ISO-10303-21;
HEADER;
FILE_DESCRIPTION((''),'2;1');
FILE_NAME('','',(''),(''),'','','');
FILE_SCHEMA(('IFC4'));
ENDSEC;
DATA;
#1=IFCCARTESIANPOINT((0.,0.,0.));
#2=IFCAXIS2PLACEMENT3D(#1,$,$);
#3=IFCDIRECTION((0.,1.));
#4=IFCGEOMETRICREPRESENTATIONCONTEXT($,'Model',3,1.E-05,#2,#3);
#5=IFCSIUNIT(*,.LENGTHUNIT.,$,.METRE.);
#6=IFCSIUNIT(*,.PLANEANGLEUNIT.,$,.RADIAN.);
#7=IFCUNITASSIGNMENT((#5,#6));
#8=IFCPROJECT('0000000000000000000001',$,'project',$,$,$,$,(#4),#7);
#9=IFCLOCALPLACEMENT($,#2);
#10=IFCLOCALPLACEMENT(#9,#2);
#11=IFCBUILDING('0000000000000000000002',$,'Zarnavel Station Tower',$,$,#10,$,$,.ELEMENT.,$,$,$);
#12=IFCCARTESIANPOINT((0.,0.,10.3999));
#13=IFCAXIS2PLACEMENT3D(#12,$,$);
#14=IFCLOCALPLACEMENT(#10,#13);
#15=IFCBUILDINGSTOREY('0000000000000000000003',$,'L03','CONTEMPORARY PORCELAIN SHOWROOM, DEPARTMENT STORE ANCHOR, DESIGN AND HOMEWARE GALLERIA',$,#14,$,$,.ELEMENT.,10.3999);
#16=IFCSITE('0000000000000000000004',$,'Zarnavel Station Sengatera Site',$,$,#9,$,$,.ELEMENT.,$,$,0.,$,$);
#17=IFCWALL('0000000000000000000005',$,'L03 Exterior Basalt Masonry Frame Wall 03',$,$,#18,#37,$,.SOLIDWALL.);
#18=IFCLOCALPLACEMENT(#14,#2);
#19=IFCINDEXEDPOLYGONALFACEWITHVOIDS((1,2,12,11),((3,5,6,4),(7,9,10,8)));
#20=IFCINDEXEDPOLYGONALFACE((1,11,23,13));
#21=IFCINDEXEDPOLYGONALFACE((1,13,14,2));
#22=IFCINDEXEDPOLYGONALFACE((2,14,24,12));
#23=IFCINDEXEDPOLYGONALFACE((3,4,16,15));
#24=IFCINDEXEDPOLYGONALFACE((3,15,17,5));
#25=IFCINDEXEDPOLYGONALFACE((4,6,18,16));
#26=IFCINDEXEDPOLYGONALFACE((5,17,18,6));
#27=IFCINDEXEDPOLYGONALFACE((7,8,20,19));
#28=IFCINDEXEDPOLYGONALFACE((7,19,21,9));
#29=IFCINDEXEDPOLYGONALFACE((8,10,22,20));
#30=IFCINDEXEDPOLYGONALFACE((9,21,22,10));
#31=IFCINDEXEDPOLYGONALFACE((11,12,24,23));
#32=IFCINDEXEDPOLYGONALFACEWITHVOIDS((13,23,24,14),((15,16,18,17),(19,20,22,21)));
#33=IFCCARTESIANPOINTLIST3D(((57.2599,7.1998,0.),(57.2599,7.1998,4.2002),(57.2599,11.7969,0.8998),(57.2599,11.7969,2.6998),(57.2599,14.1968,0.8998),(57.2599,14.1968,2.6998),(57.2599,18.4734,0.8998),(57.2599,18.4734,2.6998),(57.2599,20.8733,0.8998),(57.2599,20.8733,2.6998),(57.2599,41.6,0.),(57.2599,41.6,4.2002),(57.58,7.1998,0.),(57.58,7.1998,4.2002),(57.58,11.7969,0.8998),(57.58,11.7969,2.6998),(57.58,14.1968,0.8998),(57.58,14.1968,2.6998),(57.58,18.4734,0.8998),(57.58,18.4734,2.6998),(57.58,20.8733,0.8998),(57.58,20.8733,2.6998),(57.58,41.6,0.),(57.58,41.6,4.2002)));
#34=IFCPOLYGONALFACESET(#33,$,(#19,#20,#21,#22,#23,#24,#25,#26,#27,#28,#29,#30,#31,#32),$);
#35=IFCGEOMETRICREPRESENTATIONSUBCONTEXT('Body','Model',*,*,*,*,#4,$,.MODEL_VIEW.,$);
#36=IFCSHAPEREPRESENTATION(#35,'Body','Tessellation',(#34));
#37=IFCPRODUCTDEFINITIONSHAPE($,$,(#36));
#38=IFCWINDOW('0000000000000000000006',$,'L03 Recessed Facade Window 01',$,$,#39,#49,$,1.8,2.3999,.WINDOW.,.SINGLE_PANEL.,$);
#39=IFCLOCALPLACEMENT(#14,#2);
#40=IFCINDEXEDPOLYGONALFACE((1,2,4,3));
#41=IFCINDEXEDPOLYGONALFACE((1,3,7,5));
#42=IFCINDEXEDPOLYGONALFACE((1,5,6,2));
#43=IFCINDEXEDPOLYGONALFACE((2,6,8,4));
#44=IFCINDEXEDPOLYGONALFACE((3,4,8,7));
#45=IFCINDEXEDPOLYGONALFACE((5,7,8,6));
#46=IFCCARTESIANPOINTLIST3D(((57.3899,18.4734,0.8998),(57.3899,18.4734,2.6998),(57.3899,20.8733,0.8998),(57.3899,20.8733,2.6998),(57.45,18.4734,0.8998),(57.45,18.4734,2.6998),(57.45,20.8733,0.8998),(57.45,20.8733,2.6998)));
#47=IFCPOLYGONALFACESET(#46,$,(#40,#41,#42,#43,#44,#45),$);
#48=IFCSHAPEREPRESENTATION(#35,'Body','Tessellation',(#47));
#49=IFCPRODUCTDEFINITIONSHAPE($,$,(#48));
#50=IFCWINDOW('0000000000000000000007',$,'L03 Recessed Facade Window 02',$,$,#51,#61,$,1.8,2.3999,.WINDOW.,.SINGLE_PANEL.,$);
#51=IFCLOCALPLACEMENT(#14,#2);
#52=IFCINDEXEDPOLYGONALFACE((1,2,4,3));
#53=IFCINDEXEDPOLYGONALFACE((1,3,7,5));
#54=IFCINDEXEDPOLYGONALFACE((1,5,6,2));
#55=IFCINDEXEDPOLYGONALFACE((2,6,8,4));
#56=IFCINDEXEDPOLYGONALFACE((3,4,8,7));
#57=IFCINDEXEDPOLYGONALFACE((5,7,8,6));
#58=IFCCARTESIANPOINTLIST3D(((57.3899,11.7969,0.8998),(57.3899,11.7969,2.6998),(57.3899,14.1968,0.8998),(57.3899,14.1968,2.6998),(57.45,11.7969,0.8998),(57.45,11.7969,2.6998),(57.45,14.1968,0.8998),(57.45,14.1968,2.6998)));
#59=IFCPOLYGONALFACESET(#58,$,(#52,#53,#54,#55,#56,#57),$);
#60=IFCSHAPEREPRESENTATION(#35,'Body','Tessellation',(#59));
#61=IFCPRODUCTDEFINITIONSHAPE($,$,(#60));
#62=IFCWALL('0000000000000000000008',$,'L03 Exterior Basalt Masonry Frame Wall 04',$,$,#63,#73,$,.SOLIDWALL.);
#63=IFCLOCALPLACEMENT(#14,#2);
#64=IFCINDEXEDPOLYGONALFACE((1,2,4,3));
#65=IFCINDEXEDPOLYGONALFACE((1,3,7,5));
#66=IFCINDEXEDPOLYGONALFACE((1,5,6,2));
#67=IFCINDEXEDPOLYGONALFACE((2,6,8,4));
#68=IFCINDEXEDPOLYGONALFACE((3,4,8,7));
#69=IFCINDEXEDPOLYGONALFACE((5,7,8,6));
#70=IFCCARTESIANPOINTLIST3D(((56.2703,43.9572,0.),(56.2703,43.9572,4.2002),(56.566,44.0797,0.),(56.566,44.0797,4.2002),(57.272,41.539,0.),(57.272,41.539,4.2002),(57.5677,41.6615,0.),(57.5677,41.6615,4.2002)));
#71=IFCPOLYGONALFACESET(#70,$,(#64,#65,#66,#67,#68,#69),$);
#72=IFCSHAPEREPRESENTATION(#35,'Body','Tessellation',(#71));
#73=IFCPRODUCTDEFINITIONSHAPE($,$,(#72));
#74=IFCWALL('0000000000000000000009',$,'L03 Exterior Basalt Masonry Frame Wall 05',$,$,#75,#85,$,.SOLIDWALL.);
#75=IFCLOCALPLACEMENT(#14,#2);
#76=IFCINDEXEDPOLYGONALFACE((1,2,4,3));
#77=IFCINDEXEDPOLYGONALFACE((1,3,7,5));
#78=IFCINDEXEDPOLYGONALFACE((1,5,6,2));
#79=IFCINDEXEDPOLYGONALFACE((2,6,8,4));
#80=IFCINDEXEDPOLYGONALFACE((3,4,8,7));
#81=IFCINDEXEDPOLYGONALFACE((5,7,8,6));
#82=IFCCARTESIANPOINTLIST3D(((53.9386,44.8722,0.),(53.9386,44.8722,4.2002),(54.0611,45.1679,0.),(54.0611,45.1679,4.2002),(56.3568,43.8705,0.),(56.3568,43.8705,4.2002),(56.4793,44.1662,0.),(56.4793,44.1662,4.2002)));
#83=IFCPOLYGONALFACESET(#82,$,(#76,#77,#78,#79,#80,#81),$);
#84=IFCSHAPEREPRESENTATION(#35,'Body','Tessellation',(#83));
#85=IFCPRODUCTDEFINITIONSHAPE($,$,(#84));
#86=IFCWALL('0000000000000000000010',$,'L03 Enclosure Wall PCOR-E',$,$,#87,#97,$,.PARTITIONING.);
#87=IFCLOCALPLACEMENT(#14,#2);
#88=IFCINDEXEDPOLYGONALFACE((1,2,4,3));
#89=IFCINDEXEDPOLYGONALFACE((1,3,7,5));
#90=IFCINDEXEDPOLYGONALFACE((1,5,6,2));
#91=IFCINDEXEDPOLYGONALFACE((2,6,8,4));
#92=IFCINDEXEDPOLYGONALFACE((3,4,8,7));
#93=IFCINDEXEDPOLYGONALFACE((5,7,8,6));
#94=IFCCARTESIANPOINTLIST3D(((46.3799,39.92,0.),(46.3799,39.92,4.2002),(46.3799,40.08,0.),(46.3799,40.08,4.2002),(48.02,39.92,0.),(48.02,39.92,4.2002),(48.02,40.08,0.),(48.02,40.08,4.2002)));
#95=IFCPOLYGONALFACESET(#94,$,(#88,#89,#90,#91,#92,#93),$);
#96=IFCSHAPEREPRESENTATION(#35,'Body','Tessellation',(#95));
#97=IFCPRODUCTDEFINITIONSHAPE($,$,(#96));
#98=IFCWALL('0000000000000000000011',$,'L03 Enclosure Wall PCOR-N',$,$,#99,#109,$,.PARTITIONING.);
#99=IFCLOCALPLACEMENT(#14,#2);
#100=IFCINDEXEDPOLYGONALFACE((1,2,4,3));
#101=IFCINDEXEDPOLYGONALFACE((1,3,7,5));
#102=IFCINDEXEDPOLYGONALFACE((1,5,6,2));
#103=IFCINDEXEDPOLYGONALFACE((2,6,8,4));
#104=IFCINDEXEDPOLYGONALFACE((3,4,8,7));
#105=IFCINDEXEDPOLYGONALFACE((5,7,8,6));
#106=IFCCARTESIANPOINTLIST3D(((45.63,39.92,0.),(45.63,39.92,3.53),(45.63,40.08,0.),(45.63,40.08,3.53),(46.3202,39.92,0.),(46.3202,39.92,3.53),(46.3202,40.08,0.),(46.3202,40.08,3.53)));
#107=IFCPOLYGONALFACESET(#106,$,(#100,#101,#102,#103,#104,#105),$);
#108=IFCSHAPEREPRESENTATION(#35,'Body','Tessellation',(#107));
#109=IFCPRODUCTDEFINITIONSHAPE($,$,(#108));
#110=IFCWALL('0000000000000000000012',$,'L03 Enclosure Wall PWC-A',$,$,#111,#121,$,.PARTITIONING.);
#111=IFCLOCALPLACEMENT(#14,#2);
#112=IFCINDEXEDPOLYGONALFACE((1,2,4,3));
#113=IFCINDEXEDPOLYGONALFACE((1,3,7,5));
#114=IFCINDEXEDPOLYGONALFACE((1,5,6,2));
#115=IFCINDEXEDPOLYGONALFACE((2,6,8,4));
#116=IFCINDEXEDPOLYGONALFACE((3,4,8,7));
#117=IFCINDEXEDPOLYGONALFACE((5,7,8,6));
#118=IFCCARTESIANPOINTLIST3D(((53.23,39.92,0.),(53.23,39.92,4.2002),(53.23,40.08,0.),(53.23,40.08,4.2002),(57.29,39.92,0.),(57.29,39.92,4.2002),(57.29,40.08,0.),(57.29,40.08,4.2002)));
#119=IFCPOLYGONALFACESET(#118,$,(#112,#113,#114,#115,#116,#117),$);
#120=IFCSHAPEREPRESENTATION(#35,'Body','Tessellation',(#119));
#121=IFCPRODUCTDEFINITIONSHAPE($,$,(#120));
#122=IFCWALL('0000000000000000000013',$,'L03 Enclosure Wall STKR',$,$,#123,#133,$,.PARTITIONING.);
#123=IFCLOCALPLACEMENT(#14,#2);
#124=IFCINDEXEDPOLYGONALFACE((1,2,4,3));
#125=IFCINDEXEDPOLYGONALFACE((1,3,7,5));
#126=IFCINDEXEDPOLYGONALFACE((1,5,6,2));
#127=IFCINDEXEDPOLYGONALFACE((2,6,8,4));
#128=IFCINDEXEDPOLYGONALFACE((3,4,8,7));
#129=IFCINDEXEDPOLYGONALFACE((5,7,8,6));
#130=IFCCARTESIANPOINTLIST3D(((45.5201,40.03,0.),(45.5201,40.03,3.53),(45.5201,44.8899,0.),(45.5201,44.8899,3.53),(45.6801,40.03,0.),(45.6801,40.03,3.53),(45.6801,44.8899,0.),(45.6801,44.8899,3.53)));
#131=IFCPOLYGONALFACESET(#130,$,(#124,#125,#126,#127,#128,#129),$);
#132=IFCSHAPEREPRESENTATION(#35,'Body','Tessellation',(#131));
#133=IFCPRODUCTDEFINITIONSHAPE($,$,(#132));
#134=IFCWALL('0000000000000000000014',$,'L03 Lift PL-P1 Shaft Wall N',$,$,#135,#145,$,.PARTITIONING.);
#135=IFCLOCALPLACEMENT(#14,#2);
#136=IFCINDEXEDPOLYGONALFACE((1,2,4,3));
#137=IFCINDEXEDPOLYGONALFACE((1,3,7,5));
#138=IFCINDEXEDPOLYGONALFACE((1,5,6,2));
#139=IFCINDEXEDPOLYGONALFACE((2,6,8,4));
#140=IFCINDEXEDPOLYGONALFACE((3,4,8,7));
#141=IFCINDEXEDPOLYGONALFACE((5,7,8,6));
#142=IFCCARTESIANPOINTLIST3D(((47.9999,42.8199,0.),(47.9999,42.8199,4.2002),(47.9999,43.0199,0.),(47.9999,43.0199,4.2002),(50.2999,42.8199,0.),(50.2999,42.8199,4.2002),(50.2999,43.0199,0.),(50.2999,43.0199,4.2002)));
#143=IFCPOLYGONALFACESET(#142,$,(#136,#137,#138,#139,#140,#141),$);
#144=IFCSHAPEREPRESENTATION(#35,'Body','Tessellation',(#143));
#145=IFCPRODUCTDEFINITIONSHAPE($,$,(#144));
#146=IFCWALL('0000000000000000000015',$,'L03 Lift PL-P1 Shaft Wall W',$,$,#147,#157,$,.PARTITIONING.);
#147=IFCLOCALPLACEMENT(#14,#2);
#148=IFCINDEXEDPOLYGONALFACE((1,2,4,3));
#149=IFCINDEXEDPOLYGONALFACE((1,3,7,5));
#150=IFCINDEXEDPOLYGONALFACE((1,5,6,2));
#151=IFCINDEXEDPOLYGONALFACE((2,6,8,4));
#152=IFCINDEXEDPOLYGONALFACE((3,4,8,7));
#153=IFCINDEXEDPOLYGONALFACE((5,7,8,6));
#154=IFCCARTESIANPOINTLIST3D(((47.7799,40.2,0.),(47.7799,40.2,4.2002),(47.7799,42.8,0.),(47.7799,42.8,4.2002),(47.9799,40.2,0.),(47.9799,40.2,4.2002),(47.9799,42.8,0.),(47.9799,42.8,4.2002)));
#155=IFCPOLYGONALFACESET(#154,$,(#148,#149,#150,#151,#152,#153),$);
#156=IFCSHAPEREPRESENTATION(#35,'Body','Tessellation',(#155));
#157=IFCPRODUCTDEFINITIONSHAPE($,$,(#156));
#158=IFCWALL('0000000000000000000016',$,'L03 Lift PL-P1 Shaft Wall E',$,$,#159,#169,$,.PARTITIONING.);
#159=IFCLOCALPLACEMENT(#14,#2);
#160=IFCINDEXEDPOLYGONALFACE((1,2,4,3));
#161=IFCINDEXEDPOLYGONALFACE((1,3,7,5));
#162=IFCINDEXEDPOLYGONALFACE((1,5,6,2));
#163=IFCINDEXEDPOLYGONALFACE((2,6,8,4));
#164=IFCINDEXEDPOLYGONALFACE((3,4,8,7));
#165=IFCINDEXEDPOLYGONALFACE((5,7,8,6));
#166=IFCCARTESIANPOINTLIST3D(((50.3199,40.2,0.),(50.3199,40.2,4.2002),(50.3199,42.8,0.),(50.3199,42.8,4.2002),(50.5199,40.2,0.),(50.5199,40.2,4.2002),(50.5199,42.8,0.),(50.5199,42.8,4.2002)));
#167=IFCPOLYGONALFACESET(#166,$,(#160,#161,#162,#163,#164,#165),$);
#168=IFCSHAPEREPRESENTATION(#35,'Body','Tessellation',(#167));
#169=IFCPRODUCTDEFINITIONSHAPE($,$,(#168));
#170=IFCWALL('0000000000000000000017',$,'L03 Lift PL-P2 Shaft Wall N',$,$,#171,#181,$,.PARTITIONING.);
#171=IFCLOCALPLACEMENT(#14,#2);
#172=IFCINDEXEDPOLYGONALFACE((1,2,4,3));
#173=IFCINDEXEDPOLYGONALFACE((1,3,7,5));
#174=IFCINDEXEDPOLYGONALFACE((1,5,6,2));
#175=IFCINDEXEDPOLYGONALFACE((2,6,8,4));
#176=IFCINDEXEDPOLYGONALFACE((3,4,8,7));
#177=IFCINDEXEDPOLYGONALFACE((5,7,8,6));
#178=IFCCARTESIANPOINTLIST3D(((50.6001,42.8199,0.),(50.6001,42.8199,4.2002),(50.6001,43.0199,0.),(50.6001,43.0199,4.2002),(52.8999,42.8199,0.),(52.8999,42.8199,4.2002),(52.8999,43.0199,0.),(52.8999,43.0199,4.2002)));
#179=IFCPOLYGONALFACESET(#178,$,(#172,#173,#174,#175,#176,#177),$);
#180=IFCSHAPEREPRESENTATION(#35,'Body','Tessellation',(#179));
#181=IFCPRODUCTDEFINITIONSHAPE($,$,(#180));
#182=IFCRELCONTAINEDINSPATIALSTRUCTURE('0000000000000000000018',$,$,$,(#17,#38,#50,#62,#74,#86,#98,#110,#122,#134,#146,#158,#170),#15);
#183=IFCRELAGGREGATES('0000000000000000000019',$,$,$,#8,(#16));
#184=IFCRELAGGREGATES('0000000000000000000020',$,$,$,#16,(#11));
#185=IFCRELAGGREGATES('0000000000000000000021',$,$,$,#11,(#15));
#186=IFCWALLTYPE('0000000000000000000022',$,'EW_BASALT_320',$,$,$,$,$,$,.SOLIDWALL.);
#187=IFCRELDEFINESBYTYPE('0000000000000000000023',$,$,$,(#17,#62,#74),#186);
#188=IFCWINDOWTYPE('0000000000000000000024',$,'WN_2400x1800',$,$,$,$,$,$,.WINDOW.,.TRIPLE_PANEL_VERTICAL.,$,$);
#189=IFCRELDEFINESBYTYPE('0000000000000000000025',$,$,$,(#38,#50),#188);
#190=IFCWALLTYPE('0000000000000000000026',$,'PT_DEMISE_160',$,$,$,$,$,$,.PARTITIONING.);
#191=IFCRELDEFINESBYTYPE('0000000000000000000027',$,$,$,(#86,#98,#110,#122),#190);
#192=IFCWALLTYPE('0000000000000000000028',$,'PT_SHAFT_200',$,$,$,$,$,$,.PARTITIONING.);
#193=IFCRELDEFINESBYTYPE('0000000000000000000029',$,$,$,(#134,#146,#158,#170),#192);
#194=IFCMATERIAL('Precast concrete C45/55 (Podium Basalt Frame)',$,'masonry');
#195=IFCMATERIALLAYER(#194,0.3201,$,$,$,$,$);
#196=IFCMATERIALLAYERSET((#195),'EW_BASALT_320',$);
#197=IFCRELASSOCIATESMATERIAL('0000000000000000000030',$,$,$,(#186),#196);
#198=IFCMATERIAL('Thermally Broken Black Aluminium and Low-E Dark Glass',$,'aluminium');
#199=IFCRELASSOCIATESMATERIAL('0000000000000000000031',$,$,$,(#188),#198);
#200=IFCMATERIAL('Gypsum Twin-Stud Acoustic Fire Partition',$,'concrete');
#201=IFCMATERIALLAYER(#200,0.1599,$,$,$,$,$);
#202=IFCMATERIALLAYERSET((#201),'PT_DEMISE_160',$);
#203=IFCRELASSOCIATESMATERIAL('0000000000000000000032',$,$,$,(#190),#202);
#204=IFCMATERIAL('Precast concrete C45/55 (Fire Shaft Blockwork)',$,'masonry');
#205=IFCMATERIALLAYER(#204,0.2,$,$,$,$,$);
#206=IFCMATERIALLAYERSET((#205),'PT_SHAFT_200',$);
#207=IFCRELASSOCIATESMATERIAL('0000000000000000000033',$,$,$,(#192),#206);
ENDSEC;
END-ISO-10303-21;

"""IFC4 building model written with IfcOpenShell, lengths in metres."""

from ifc_helpers import new_model, si_unit, direction, frame, frame_2d, origin, place, context, subcontext, project, spatial, rectangle, extrude, material, layer, layer_set, type_object, element, fill, save


model = new_model("IFC4")

# Units and contexts
model_context = context("Model", 3, precision=1e-05, world=origin(), true_north=direction((0.0, 1.0)))
body_context = subcontext(model_context, "Body", "Model", "MODEL_VIEW")
ifc_project = project(units=[si_unit("LENGTHUNIT", "METRE"), si_unit("PLANEANGLEUNIT", "RADIAN")], contexts=[model_context])

# Site, building, storey
site_placement = place(None, origin())
site = spatial("IfcSite", under=ifc_project, at=site_placement, Name="Zarnavel Station Sengatera Site", CompositionType="ELEMENT", RefElevation=0.0)
building_placement = place(site_placement, origin())
building = spatial("IfcBuilding", under=site, at=building_placement, Name="Zarnavel Station Tower", CompositionType="ELEMENT")
storey_placement = place(building_placement, frame((0.0, 0.0, 10.3999)))
storey = spatial("IfcBuildingStorey", under=building, at=storey_placement, Name="L03", Description="CONTEMPORARY PORCELAIN SHOWROOM, DEPARTMENT STORE ANCHOR, DESIGN AND HOMEWARE GALLERIA", CompositionType="ELEMENT", Elevation=10.3999)

# Wall, openings, windows
ifc_material_1 = material(Name="Precast concrete C45/55 (Podium Basalt Frame)", Category="masonry")
ifc_layer_1 = layer(ifc_material_1, 0.3201)
ifc_layer_set_1 = layer_set([ifc_layer_1], Name="EW_BASALT_320")
wall_type_1 = type_object("IfcWallType", Name="EW_BASALT_320", PredefinedType="SOLIDWALL", material=ifc_layer_set_1)
wall_1_placement = place(storey_placement, frame((57.4199, 41.6001, 0.0), z_axis=(0.0, 0.0, 1.0), x_axis=(0.0, -1.0, 0.0)))
wall_1 = element("IfcWall", 1, at=wall_1_placement, inside=storey, type_object=wall_type_1, Name="L03 Exterior Basalt Masonry Frame Wall 03", PredefinedType="SOLIDWALL", context=body_context, shape_type="SweptSolid", body=[
    extrude(rectangle(XDim=34.4001, YDim=0.3201, at=frame_2d((17.2002, 0.0))), origin(), (0.0, 0.0, 1.0), 4.2002),
])
opening_1_placement = place(wall_1_placement, frame((20.7268, 0.0, 0.8999)))
opening_1 = element("IfcOpeningElement", 2, at=opening_1_placement, cuts=wall_1, PredefinedType="OPENING", context=body_context, shape_type="SweptSolid", body=[
    extrude(rectangle(XDim=2.3999, YDim=1.8, at=frame_2d((1.2, 0.8999))), frame((0.0, 0.1699, 0.0), z_axis=(0.0, -1.0, 0.0), x_axis=(1.0, 0.0, 0.0)), (0.0, 0.0, 1.0), 0.3401),
])
opening_2_placement = place(wall_1_placement, frame((27.4033, 0.0, 0.8999)))
opening_2 = element("IfcOpeningElement", 3, at=opening_2_placement, cuts=wall_1, PredefinedType="OPENING", context=body_context, shape_type="SweptSolid", body=[
    extrude(rectangle(XDim=2.3999, YDim=1.8, at=frame_2d((1.2, 0.8999))), frame((0.0, 0.1699, 0.0), z_axis=(0.0, -1.0, 0.0), x_axis=(1.0, 0.0, 0.0)), (0.0, 0.0, 1.0), 0.3401),
])
ifc_material_2 = material(Name="Thermally Broken Black Aluminium and Low-E Dark Glass", Category="aluminium")
window_type = type_object("IfcWindowType", Name="WN_2400x1800", PartitioningType="TRIPLE_PANEL_VERTICAL", PredefinedType="WINDOW", material=ifc_material_2)
window_1_placement = place(opening_1_placement, origin())
window_1 = element("IfcWindow", 4, at=window_1_placement, inside=storey, type_object=window_type, Name="L03 Recessed Facade Window 01", OverallHeight=1.8, OverallWidth=2.3999, PartitioningType="SINGLE_PANEL", PredefinedType="WINDOW", context=body_context, shape_type="SweptSolid", body=[
    extrude(rectangle(XDim=2.3999, YDim=1.8, at=frame_2d((1.2, 0.8999))), frame((0.0, 0.03, 0.0), z_axis=(0.0, -1.0, 0.0), x_axis=(1.0, 0.0, 0.0)), (0.0, 0.0, 1.0), 0.0601),
])
fill(opening_1, window_1)
window_2_placement = place(opening_2_placement, origin())
window_2 = element("IfcWindow", 5, at=window_2_placement, inside=storey, type_object=window_type, Name="L03 Recessed Facade Window 02", OverallHeight=1.8, OverallWidth=2.3999, PartitioningType="SINGLE_PANEL", PredefinedType="WINDOW", context=body_context, shape_type="SweptSolid", body=[
    extrude(rectangle(XDim=2.3999, YDim=1.8, at=frame_2d((1.2, 0.8999))), frame((0.0, 0.03, 0.0), z_axis=(0.0, -1.0, 0.0), x_axis=(1.0, 0.0, 0.0)), (0.0, 0.0, 1.0), 0.0601),
])
fill(opening_2, window_2)

# Walls
for number, where, z_axis, x_axis, name in (
    (6, (56.4182, 44.0183, 0.0), (0.0, 0.0, 1.0), (0.382701, -0.923872, 0.0), "L03 Exterior Basalt Masonry Frame Wall 04"),
    (7, (54.0, 45.02, 0.0), (0.0, 0.0, 1.0), (0.923872, -0.382701, 0.0), "L03 Exterior Basalt Masonry Frame Wall 05"),
):
    element("IfcWall", number, at=place(storey_placement, frame(where, z_axis=z_axis, x_axis=x_axis)), inside=storey, type_object=wall_type_1, Name=name, PredefinedType="SOLIDWALL", context=body_context, shape_type="SweptSolid", body=[
        extrude(rectangle(XDim=2.6174, YDim=0.3201, at=frame_2d((1.3086, 0.0))), origin(), (0.0, 0.0, 1.0), 4.2002),
    ])
ifc_material_3 = material(Name="Gypsum Twin-Stud Acoustic Fire Partition", Category="concrete")
ifc_layer_2 = layer(ifc_material_3, 0.1599)
ifc_layer_set_2 = layer_set([ifc_layer_2], Name="PT_DEMISE_160")
wall_type_2 = type_object("IfcWallType", Name="PT_DEMISE_160", PredefinedType="PARTITIONING", material=ifc_layer_set_2)
wall_2_placement = place(storey_placement, frame((46.3799, 40.0, 0.0), z_axis=(0.0, 0.0, 1.0), x_axis=(1.0, 0.0, 0.0)))
element("IfcWall", 8, at=wall_2_placement, inside=storey, type_object=wall_type_2, Name="L03 Enclosure Wall PCOR-E", PredefinedType="PARTITIONING", context=body_context, shape_type="SweptSolid", body=[
    extrude(rectangle(XDim=1.6401, YDim=0.1599, at=frame_2d((0.8201, 0.0))), origin(), (0.0, 0.0, 1.0), 4.2002),
])
wall_3_placement = place(storey_placement, frame((45.6299, 40.0, 0.0), z_axis=(0.0, 0.0, 1.0), x_axis=(1.0, 0.0, 0.0)))
element("IfcWall", 9, at=wall_3_placement, inside=storey, type_object=wall_type_2, Name="L03 Enclosure Wall PCOR-N", PredefinedType="PARTITIONING", context=body_context, shape_type="SweptSolid", body=[
    extrude(rectangle(XDim=0.6902, YDim=0.1599, at=frame_2d((0.3452, 0.0))), origin(), (0.0, 0.0, 1.0), 3.53),
])
wall_4_placement = place(storey_placement, frame((53.23, 40.0, 0.0), z_axis=(0.0, 0.0, 1.0), x_axis=(1.0, 0.0, 0.0)))
element("IfcWall", 10, at=wall_4_placement, inside=storey, type_object=wall_type_2, Name="L03 Enclosure Wall PWC-A", PredefinedType="PARTITIONING", context=body_context, shape_type="SweptSolid", body=[
    extrude(rectangle(XDim=4.0601, YDim=0.1599, at=frame_2d((2.03, 0.0))), origin(), (0.0, 0.0, 1.0), 4.2002),
])
wall_5_placement = place(storey_placement, frame((45.6001, 40.03, 0.0), z_axis=(0.0, 0.0, 1.0), x_axis=(0.0, 1.0, 0.0)))
element("IfcWall", 11, at=wall_5_placement, inside=storey, type_object=wall_type_2, Name="L03 Enclosure Wall STKR", PredefinedType="PARTITIONING", context=body_context, shape_type="SweptSolid", body=[
    extrude(rectangle(XDim=4.8599, YDim=0.1599, at=frame_2d((2.4299, 0.0))), origin(), (0.0, 0.0, 1.0), 3.53),
])

# Shared definitions
ifc_material_4 = material(Name="Precast concrete C45/55 (Fire Shaft Blockwork)", Category="masonry")
ifc_layer_3 = layer(ifc_material_4, 0.2)
ifc_layer_set_3 = layer_set([ifc_layer_3], Name="PT_SHAFT_200")
wall_type_3 = type_object("IfcWallType", Name="PT_SHAFT_200", PredefinedType="PARTITIONING", material=ifc_layer_set_3)

# Walls
wall_6_placement = place(storey_placement, frame((48.0, 42.9199, 0.0), z_axis=(0.0, 0.0, 1.0), x_axis=(1.0, 0.0, 0.0)))
element("IfcWall", 12, at=wall_6_placement, inside=storey, type_object=wall_type_3, Name="L03 Lift PL-P1 Shaft Wall N", PredefinedType="PARTITIONING", context=body_context, shape_type="SweptSolid", body=[
    extrude(rectangle(XDim=2.3, YDim=0.2, at=frame_2d((1.1499, 0.0))), origin(), (0.0, 0.0, 1.0), 4.2002),
])
for number, where, z_axis, x_axis, name in (
    (13, (47.8799, 40.2, 0.0), (0.0, 0.0, 1.0), (0.0, 1.0, 0.0), "L03 Lift PL-P1 Shaft Wall W"),
    (14, (50.4199, 40.2, 0.0), (0.0, 0.0, 1.0), (0.0, 1.0, 0.0), "L03 Lift PL-P1 Shaft Wall E"),
):
    element("IfcWall", number, at=place(storey_placement, frame(where, z_axis=z_axis, x_axis=x_axis)), inside=storey, type_object=wall_type_3, Name=name, PredefinedType="PARTITIONING", context=body_context, shape_type="SweptSolid", body=[
        extrude(rectangle(XDim=2.6001, YDim=0.2, at=frame_2d((1.3, 0.0))), origin(), (0.0, 0.0, 1.0), 4.2002),
    ])

# Wall
wall_7_placement = place(storey_placement, frame((50.6001, 42.9199, 0.0), z_axis=(0.0, 0.0, 1.0), x_axis=(1.0, 0.0, 0.0)))
element("IfcWall", 15, at=wall_7_placement, inside=storey, type_object=wall_type_3, Name="L03 Lift PL-P2 Shaft Wall N", PredefinedType="PARTITIONING", context=body_context, shape_type="SweptSolid", body=[
    extrude(rectangle(XDim=2.2998, YDim=0.2, at=frame_2d((1.1499, 0.0))), origin(), (0.0, 0.0, 1.0), 4.2002),
])

save(model, "model.ifc")
